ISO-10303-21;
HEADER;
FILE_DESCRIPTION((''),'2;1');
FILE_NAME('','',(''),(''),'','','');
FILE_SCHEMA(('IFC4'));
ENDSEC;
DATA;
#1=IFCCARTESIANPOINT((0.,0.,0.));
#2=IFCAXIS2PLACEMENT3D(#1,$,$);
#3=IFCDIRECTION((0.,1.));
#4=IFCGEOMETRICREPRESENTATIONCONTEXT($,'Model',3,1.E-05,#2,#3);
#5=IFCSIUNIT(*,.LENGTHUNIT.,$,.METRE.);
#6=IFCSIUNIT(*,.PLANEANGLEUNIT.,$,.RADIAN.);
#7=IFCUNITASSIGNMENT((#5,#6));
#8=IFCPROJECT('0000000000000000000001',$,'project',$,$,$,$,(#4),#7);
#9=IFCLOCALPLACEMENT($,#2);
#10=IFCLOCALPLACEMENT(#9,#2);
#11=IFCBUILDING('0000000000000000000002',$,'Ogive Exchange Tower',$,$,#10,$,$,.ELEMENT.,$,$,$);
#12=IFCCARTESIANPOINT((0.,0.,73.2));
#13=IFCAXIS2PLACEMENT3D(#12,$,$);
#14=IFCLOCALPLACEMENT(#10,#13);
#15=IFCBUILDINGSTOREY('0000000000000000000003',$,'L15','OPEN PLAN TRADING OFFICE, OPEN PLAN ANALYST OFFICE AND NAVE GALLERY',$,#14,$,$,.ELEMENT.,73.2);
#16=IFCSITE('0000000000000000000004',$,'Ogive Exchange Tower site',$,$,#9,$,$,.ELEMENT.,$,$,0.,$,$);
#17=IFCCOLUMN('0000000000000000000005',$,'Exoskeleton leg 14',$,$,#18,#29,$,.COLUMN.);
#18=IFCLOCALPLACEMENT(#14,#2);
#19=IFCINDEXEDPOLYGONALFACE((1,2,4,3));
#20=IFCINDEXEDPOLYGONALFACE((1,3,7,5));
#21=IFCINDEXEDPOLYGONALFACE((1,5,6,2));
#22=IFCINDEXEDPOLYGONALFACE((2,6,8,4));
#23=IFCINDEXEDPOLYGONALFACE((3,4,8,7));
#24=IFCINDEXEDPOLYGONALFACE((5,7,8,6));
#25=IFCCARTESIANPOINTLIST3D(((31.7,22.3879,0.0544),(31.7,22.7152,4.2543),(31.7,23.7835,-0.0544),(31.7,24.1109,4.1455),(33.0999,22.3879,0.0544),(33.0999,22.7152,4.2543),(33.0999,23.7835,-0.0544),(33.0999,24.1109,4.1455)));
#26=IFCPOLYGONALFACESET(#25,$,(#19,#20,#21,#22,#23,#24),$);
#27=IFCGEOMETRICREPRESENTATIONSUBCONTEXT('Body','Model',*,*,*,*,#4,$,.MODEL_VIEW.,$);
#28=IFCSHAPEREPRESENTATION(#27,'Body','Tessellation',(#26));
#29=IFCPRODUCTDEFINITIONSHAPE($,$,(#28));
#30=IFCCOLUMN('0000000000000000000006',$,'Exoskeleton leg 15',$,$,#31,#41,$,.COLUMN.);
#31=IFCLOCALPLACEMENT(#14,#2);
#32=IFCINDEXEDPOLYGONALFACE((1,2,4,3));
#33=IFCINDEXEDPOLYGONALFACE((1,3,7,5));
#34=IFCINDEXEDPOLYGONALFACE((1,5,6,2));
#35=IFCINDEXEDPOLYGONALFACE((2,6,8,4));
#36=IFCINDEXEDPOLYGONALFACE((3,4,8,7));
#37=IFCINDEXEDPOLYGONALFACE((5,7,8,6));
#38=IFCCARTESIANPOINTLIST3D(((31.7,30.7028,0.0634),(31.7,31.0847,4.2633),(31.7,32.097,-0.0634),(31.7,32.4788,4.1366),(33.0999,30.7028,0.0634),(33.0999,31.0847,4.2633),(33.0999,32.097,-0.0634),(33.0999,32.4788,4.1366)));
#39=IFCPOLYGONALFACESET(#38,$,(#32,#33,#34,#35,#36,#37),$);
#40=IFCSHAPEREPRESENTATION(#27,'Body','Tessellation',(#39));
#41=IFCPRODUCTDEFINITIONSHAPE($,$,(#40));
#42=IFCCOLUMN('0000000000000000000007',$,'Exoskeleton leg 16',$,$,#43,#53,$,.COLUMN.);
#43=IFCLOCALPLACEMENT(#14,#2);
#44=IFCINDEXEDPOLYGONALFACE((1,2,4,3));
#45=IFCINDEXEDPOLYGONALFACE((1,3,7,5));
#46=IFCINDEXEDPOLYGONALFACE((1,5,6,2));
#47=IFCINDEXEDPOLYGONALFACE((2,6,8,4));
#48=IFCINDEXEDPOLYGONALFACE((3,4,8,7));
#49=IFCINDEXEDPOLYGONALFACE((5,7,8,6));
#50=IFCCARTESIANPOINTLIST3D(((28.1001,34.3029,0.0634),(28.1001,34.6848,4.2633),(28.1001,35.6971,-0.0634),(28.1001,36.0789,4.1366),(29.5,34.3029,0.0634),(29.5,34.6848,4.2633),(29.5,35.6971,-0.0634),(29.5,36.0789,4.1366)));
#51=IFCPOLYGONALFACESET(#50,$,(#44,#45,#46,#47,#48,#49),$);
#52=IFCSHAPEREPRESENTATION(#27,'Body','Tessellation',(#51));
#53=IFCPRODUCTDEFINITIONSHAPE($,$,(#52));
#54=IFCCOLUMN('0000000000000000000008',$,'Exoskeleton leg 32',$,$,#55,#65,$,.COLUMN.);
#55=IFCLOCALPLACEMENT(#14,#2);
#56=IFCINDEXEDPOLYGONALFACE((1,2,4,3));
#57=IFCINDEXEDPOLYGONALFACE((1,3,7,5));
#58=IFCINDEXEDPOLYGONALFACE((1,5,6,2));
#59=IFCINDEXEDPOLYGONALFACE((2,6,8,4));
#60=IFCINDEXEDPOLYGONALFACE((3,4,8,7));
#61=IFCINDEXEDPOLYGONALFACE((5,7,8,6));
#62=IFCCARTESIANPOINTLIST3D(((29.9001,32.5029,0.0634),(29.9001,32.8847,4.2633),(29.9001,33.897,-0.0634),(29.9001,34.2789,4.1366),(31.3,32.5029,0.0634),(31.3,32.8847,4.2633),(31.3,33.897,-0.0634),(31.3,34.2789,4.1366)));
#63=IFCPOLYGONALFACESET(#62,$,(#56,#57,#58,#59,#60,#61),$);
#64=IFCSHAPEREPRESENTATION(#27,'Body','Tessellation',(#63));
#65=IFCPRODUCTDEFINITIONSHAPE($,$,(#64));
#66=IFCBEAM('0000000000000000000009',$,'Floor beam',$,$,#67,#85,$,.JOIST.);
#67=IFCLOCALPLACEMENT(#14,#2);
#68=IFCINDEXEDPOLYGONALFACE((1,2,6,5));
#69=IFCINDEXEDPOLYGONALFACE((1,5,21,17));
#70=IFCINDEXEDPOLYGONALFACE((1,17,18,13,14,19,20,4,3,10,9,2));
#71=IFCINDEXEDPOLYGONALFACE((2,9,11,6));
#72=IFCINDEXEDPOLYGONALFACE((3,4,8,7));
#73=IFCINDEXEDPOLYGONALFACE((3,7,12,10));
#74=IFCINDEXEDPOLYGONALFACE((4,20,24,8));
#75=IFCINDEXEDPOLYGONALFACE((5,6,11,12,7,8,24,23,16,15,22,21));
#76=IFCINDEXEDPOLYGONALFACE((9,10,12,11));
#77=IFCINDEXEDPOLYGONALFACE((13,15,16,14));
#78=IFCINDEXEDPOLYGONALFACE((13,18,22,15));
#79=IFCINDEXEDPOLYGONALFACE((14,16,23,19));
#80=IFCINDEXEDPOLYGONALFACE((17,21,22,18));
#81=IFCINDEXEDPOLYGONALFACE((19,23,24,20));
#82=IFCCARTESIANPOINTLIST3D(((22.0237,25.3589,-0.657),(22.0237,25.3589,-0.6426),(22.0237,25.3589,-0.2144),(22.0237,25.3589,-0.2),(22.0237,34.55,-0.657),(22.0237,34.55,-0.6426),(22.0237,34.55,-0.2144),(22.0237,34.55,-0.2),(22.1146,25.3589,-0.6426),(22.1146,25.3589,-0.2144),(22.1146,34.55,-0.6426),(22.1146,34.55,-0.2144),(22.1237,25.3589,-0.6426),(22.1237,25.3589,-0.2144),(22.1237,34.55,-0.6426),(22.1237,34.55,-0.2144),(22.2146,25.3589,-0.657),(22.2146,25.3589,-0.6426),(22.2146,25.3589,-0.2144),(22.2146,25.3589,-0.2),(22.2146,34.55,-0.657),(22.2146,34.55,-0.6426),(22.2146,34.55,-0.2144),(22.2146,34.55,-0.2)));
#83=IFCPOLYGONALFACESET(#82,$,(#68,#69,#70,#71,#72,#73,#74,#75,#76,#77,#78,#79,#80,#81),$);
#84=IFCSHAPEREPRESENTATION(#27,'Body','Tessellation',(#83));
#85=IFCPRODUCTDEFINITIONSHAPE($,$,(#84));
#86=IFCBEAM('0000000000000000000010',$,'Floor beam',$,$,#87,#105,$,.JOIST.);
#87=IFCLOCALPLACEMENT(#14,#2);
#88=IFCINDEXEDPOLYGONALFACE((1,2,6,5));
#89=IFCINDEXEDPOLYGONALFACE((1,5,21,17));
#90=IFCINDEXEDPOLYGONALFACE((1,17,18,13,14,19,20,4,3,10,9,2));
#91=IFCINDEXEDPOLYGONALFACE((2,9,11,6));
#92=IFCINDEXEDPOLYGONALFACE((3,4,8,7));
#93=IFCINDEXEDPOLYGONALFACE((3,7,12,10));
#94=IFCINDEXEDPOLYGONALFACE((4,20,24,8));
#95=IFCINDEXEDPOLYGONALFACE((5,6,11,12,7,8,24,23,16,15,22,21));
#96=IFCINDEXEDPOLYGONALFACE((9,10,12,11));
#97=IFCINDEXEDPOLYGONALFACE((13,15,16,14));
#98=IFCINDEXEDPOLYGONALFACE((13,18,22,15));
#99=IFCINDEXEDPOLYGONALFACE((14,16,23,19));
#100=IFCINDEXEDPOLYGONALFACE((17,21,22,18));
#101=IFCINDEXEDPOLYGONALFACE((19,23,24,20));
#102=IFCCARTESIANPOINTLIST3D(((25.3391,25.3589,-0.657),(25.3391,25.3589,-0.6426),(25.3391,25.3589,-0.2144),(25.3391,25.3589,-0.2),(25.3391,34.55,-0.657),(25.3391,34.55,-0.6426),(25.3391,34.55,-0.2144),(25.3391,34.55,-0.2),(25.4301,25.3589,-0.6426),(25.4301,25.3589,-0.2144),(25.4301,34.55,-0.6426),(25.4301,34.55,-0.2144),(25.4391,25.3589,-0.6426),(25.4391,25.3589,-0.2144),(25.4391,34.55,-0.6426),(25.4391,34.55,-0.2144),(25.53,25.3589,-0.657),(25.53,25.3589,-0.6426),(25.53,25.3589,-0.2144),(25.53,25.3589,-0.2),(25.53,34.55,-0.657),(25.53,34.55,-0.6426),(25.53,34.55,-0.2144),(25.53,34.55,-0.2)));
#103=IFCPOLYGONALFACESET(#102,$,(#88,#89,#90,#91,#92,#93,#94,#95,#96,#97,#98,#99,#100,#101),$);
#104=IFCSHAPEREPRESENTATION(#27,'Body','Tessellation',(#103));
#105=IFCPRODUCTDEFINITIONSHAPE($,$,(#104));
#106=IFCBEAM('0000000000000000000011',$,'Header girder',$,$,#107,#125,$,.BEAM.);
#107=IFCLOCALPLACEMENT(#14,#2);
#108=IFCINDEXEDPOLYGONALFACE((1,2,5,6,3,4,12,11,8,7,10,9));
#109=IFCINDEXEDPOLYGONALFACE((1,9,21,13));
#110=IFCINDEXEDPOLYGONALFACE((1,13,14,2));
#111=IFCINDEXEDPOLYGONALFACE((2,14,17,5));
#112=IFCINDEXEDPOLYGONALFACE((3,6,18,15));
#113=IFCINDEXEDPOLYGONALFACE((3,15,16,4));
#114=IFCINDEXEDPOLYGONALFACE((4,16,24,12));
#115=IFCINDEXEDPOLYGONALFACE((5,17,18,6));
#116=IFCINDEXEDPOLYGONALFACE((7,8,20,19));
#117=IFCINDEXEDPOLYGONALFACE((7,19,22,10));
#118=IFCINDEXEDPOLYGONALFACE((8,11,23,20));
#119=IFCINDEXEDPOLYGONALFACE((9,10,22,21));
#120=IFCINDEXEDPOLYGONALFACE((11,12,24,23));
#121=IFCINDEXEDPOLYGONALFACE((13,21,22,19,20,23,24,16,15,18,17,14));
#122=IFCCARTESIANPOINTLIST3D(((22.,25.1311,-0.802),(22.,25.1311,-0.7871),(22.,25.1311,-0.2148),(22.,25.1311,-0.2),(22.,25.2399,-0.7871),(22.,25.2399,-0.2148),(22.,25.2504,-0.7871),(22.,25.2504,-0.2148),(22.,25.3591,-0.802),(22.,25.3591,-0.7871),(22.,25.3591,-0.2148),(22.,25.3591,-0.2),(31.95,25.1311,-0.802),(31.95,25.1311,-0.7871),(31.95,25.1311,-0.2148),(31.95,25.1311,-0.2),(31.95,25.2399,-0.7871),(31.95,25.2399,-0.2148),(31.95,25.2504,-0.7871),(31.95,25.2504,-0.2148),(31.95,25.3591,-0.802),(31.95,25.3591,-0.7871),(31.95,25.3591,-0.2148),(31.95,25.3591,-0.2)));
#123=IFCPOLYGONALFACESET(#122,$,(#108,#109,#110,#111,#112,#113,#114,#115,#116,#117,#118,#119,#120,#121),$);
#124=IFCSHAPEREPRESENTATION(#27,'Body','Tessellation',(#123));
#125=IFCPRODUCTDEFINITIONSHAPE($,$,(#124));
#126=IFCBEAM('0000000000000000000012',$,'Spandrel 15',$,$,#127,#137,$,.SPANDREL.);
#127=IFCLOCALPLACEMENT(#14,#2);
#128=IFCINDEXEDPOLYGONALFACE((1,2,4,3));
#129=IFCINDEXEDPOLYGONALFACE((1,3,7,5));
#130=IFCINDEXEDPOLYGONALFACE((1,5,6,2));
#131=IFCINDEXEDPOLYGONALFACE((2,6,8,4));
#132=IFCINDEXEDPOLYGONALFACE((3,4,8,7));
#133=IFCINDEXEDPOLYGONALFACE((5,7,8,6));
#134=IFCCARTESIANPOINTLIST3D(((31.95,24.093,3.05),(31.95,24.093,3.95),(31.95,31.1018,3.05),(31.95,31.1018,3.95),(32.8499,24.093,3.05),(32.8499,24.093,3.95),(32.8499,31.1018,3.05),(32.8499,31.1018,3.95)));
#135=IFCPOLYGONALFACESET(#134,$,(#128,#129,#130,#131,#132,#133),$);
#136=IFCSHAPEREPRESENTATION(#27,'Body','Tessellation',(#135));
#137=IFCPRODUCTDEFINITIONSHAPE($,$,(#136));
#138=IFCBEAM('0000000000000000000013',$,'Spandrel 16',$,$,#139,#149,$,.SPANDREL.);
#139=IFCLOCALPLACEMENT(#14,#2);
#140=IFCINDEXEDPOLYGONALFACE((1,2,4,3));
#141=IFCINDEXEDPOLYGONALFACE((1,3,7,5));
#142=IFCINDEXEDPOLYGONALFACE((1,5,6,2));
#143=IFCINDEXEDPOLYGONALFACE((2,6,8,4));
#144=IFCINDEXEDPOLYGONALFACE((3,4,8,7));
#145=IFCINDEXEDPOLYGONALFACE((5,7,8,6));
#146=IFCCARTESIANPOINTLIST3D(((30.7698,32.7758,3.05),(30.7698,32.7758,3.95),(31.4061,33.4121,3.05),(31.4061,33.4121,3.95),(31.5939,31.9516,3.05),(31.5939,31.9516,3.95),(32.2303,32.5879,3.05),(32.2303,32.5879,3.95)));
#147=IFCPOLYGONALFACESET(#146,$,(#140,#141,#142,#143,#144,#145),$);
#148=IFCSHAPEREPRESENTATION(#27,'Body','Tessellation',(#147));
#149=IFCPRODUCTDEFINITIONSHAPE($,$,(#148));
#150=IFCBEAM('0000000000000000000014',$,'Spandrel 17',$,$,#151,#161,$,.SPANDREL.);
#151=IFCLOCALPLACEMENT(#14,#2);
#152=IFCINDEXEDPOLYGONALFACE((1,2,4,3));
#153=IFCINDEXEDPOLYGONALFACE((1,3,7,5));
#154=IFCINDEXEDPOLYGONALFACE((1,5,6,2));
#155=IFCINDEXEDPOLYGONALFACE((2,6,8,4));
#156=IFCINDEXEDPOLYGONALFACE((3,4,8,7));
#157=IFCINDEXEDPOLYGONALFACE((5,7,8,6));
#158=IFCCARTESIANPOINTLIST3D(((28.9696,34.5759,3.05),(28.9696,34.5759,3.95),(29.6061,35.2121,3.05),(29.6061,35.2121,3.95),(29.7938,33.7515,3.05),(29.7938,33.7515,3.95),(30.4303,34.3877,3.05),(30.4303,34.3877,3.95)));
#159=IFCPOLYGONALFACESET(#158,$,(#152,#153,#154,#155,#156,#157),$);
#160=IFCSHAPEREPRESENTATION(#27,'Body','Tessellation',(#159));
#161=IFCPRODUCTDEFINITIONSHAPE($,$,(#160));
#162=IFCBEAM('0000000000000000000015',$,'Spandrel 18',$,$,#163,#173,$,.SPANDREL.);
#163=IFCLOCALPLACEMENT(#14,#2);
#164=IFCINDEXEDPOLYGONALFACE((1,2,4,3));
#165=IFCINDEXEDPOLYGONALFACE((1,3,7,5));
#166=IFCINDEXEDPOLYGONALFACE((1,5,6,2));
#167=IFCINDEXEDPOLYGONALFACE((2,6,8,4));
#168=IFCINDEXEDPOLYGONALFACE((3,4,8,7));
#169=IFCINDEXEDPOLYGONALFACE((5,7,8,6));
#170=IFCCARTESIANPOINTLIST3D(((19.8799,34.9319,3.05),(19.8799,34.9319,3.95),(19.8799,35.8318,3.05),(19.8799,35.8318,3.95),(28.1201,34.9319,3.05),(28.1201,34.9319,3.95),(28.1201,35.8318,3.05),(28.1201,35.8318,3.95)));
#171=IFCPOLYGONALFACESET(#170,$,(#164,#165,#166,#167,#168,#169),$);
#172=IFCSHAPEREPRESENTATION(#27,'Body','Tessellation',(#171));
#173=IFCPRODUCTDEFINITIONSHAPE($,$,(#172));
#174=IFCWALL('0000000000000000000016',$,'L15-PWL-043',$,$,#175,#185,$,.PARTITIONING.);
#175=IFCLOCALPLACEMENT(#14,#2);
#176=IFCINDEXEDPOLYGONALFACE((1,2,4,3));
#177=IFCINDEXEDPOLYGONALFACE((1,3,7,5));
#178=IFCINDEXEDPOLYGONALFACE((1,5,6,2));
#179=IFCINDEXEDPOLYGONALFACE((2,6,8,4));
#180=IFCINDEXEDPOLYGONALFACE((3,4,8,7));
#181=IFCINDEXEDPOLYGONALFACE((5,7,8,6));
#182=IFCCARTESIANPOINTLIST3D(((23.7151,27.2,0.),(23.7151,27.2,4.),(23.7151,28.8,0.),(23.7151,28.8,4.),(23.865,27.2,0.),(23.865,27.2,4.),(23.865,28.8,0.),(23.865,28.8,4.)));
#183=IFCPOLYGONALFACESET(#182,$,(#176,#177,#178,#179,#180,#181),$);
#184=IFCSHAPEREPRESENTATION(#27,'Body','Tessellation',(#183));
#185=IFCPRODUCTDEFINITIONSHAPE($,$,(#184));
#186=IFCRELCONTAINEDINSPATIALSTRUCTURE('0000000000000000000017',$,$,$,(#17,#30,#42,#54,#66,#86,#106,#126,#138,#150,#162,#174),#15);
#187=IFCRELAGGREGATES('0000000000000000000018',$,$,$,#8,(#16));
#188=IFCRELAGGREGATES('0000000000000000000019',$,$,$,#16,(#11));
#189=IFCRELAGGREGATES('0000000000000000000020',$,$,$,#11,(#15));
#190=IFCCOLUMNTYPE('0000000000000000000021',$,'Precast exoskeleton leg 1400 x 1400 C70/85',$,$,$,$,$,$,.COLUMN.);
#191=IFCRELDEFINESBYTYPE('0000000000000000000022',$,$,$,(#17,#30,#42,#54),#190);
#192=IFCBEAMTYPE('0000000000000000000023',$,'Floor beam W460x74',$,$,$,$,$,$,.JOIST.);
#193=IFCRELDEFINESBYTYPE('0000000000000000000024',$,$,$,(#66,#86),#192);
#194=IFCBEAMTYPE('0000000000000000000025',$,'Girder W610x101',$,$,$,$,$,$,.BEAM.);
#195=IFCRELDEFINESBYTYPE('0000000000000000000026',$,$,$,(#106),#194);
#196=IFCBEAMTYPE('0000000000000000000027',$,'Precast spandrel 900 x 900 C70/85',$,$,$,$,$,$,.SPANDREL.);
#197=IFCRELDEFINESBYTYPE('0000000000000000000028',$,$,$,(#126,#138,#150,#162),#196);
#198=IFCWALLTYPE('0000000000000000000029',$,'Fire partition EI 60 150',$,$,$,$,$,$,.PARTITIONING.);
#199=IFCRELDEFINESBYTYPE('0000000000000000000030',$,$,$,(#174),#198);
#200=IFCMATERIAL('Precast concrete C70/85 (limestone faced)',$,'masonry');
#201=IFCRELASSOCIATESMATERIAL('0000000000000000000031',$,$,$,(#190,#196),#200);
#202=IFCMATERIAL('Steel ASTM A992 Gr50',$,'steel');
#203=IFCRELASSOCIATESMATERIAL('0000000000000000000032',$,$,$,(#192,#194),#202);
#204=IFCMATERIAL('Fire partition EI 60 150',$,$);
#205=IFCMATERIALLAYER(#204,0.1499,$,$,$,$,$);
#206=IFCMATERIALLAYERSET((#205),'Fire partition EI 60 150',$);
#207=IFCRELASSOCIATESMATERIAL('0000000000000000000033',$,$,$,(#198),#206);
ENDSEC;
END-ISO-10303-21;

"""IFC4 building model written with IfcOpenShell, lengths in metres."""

from ifc_helpers import new_model, si_unit, direction, frame, frame_2d, origin, origin_2d, place, context, subcontext, project, spatial, rectangle, i_section, extrude, material, layer, layer_set, material_profile, profile_set, type_object, element, save


model = new_model("IFC4")

# Units and contexts
model_context = context("Model", 3, precision=1e-05, world=origin(), true_north=direction((0.0, 1.0)))
body_context = subcontext(model_context, "Body", "Model", "MODEL_VIEW")
ifc_project = project(units=[si_unit("LENGTHUNIT", "METRE"), si_unit("PLANEANGLEUNIT", "RADIAN")], contexts=[model_context])

# Site, building, storey
site_placement = place(None, origin())
site = spatial("IfcSite", under=ifc_project, at=site_placement, Name="Ogive Exchange Tower site", CompositionType="ELEMENT", RefElevation=0.0)
building_placement = place(site_placement, origin())
building = spatial("IfcBuilding", under=site, at=building_placement, Name="Ogive Exchange Tower", CompositionType="ELEMENT")
storey_placement = place(building_placement, frame((0.0, 0.0, 73.2)))
storey = spatial("IfcBuildingStorey", under=building, at=storey_placement, Name="L15", Description="OPEN PLAN TRADING OFFICE, OPEN PLAN ANALYST OFFICE AND NAVE GALLERY", CompositionType="ELEMENT", Elevation=73.2)

# Columns
ifc_material_1 = material(Name="Precast concrete C70/85 (limestone faced)", Category="masonry")
ifc_material_profile_1 = material_profile(ifc_material_1, rectangle(XDim=1.3999, YDim=1.3999, at=origin_2d()), Name="1400 x 1400")
ifc_profile_set_1 = profile_set([ifc_material_profile_1], Name="Precast concrete C70/85 (limestone faced)")
column_type = type_object("IfcColumnType", Name="Precast exoskeleton leg 1400 x 1400 C70/85", PredefinedType="COLUMN", material=ifc_profile_set_1)
column_placement = place(storey_placement, frame((32.3999, 23.0857, 0.0), z_axis=(0.0, 0.077716, 0.996976), x_axis=(-1.0, 0.0, 0.0)))
element("IfcColumn", 1, at=column_placement, inside=storey, type_object=column_type, Name="Exoskeleton leg 14", PredefinedType="COLUMN", context=body_context, shape_type="SweptSolid", body=[
    extrude(rectangle(XDim=1.3999, YDim=1.3999, at=origin_2d()), origin(), (0.0, 0.0, 1.0), 4.2126),
])
for number, where, z_axis, x_axis, name in (
    (2, (32.3999, 31.3999, 0.0), (0.0, 0.090541, 0.995893), (-1.0, 0.0, 0.0), "Exoskeleton leg 15"),
    (3, (28.8, 35.0, 0.0), (0.0, 0.090541, 0.995893), (-1.0, 0.0, 0.0), "Exoskeleton leg 16"),
    (4, (30.6001, 33.2, 0.0), (0.0, 0.090541, 0.995893), (-1.0, 0.0, 0.0), "Exoskeleton leg 32"),
):
    element("IfcColumn", number, at=place(storey_placement, frame(where, z_axis=z_axis, x_axis=x_axis)), inside=storey, type_object=column_type, Name=name, PredefinedType="COLUMN", context=body_context, shape_type="SweptSolid", body=[
        extrude(rectangle(XDim=1.3999, YDim=1.3999, at=origin_2d()), origin(), (0.0, 0.0, 1.0), 4.2173),
    ])

# Beams
ifc_material_2 = material(Name="Steel ASTM A992 Gr50", Category="steel")
ifc_material_profile_2 = material_profile(ifc_material_2, i_section(OverallWidth=0.1909, OverallDepth=0.457, WebThickness=0.009, FlangeThickness=0.0144, at=origin_2d()), Name="W460x74")
ifc_profile_set_2 = profile_set([ifc_material_profile_2], Name="Steel ASTM A992 Gr50")
beam_type_1 = type_object("IfcBeamType", Name="Floor beam W460x74", PredefinedType="JOIST", material=ifc_profile_set_2)
for number, where, z_axis, x_axis, name in (
    (5, (22.1191, 25.3589, -0.4285), (0.0, 1.0, 0.0), (-1.0, 0.0, 0.0), "Floor beam"),
    (6, (25.4346, 25.3589, -0.4285), (0.0, 1.0, 0.0), (-1.0, 0.0, 0.0), "Floor beam"),
):
    element("IfcBeam", number, at=place(storey_placement, frame(where, z_axis=z_axis, x_axis=x_axis)), inside=storey, type_object=beam_type_1, Name=name, PredefinedType="JOIST", context=body_context, shape_type="SweptSolid", body=[
        extrude(i_section(OverallWidth=0.1909, OverallDepth=0.457, WebThickness=0.009, FlangeThickness=0.0144, at=origin_2d()), origin(), (0.0, 0.0, 1.0), 9.1912),
    ])
ifc_material_profile_3 = material_profile(ifc_material_2, i_section(OverallWidth=0.228, OverallDepth=0.6021, WebThickness=0.0105, FlangeThickness=0.0149, at=origin_2d()), Name="W610x101")
ifc_profile_set_3 = profile_set([ifc_material_profile_3], Name="Steel ASTM A992 Gr50")
beam_type_2 = type_object("IfcBeamType", Name="Girder W610x101", PredefinedType="BEAM", material=ifc_profile_set_3)
beam_1_placement = place(storey_placement, frame((22.0, 25.2451, -0.501), z_axis=(1.0, 0.0, 0.0), x_axis=(0.0, 1.0, 0.0)))
element("IfcBeam", 7, at=beam_1_placement, inside=storey, type_object=beam_type_2, Name="Header girder", PredefinedType="BEAM", context=body_context, shape_type="SweptSolid", body=[
    extrude(i_section(OverallWidth=0.228, OverallDepth=0.6021, WebThickness=0.0105, FlangeThickness=0.0149, at=origin_2d()), origin(), (0.0, 0.0, 1.0), 9.95),
])
ifc_material_profile_4 = material_profile(ifc_material_1, rectangle(XDim=0.8999, YDim=0.8999, at=origin_2d()), Name="900 x 900")
ifc_profile_set_4 = profile_set([ifc_material_profile_4], Name="Precast concrete C70/85 (limestone faced)")
beam_type_3 = type_object("IfcBeamType", Name="Precast spandrel 900 x 900 C70/85", PredefinedType="SPANDREL", material=ifc_profile_set_4)
beam_2_placement = place(storey_placement, frame((32.3999, 24.093, 3.5), z_axis=(0.0, 1.0, 0.0), x_axis=(-1.0, 0.0, 0.0)))
element("IfcBeam", 8, at=beam_2_placement, inside=storey, type_object=beam_type_3, Name="Spandrel 15", PredefinedType="SPANDREL", context=body_context, shape_type="SweptSolid", body=[
    extrude(rectangle(XDim=0.8999, YDim=0.8999, at=origin_2d()), origin(), (0.0, 0.0, 1.0), 7.0088),
])
beam_3_placement = place(storey_placement, frame((31.9121, 32.2698, 3.5), z_axis=(-0.707107, 0.707107, 0.0), x_axis=(-0.707107, -0.707107, 0.0)))
element("IfcBeam", 9, at=beam_3_placement, inside=storey, type_object=beam_type_3, Name="Spandrel 16", PredefinedType="SPANDREL", context=body_context, shape_type="SweptSolid", body=[
    extrude(rectangle(XDim=0.8999, YDim=0.8999, at=origin_2d()), origin(), (0.0, 0.0, 1.0), 1.1655),
])
beam_4_placement = place(storey_placement, frame((30.1121, 34.0696, 3.5), z_axis=(-0.707002, 0.707211, 0.0), x_axis=(-0.707211, -0.707002, 0.0)))
element("IfcBeam", 10, at=beam_4_placement, inside=storey, type_object=beam_type_3, Name="Spandrel 17", PredefinedType="SPANDREL", context=body_context, shape_type="SweptSolid", body=[
    extrude(rectangle(XDim=0.8999, YDim=0.8999, at=origin_2d()), origin(), (0.0, 0.0, 1.0), 1.1658),
])
beam_5_placement = place(storey_placement, frame((28.1201, 35.3818, 3.5), z_axis=(-1.0, 0.0, 0.0), x_axis=(0.0, -1.0, 0.0)))
element("IfcBeam", 11, at=beam_5_placement, inside=storey, type_object=beam_type_3, Name="Spandrel 18", PredefinedType="SPANDREL", context=body_context, shape_type="SweptSolid", body=[
    extrude(rectangle(XDim=0.8999, YDim=0.8999, at=origin_2d()), origin(), (0.0, 0.0, 1.0), 8.2402),
])

# Wall
ifc_material_3 = material(Name="Fire partition EI 60 150")
ifc_layer_1 = layer(ifc_material_3, 0.1499)
ifc_layer_set_1 = layer_set([ifc_layer_1], Name="Fire partition EI 60 150")
wall_type_1 = type_object("IfcWallType", Name="Fire partition EI 60 150", PredefinedType="PARTITIONING", material=ifc_layer_set_1)
wall_1_placement = place(storey_placement, frame((23.79, 28.8, 0.0), z_axis=(0.0, 0.0, 1.0), x_axis=(0.0, -1.0, 0.0)))
element("IfcWall", 12, at=wall_1_placement, inside=storey, type_object=wall_type_1, Name="L15-PWL-043", PredefinedType="PARTITIONING", context=body_context, shape_type="SweptSolid", body=[
    extrude(rectangle(XDim=1.6001, YDim=0.1499, at=frame_2d((0.8, 0.0))), origin(), (0.0, 0.0, 1.0), 4.0),
])

save(model, "model.ifc")
